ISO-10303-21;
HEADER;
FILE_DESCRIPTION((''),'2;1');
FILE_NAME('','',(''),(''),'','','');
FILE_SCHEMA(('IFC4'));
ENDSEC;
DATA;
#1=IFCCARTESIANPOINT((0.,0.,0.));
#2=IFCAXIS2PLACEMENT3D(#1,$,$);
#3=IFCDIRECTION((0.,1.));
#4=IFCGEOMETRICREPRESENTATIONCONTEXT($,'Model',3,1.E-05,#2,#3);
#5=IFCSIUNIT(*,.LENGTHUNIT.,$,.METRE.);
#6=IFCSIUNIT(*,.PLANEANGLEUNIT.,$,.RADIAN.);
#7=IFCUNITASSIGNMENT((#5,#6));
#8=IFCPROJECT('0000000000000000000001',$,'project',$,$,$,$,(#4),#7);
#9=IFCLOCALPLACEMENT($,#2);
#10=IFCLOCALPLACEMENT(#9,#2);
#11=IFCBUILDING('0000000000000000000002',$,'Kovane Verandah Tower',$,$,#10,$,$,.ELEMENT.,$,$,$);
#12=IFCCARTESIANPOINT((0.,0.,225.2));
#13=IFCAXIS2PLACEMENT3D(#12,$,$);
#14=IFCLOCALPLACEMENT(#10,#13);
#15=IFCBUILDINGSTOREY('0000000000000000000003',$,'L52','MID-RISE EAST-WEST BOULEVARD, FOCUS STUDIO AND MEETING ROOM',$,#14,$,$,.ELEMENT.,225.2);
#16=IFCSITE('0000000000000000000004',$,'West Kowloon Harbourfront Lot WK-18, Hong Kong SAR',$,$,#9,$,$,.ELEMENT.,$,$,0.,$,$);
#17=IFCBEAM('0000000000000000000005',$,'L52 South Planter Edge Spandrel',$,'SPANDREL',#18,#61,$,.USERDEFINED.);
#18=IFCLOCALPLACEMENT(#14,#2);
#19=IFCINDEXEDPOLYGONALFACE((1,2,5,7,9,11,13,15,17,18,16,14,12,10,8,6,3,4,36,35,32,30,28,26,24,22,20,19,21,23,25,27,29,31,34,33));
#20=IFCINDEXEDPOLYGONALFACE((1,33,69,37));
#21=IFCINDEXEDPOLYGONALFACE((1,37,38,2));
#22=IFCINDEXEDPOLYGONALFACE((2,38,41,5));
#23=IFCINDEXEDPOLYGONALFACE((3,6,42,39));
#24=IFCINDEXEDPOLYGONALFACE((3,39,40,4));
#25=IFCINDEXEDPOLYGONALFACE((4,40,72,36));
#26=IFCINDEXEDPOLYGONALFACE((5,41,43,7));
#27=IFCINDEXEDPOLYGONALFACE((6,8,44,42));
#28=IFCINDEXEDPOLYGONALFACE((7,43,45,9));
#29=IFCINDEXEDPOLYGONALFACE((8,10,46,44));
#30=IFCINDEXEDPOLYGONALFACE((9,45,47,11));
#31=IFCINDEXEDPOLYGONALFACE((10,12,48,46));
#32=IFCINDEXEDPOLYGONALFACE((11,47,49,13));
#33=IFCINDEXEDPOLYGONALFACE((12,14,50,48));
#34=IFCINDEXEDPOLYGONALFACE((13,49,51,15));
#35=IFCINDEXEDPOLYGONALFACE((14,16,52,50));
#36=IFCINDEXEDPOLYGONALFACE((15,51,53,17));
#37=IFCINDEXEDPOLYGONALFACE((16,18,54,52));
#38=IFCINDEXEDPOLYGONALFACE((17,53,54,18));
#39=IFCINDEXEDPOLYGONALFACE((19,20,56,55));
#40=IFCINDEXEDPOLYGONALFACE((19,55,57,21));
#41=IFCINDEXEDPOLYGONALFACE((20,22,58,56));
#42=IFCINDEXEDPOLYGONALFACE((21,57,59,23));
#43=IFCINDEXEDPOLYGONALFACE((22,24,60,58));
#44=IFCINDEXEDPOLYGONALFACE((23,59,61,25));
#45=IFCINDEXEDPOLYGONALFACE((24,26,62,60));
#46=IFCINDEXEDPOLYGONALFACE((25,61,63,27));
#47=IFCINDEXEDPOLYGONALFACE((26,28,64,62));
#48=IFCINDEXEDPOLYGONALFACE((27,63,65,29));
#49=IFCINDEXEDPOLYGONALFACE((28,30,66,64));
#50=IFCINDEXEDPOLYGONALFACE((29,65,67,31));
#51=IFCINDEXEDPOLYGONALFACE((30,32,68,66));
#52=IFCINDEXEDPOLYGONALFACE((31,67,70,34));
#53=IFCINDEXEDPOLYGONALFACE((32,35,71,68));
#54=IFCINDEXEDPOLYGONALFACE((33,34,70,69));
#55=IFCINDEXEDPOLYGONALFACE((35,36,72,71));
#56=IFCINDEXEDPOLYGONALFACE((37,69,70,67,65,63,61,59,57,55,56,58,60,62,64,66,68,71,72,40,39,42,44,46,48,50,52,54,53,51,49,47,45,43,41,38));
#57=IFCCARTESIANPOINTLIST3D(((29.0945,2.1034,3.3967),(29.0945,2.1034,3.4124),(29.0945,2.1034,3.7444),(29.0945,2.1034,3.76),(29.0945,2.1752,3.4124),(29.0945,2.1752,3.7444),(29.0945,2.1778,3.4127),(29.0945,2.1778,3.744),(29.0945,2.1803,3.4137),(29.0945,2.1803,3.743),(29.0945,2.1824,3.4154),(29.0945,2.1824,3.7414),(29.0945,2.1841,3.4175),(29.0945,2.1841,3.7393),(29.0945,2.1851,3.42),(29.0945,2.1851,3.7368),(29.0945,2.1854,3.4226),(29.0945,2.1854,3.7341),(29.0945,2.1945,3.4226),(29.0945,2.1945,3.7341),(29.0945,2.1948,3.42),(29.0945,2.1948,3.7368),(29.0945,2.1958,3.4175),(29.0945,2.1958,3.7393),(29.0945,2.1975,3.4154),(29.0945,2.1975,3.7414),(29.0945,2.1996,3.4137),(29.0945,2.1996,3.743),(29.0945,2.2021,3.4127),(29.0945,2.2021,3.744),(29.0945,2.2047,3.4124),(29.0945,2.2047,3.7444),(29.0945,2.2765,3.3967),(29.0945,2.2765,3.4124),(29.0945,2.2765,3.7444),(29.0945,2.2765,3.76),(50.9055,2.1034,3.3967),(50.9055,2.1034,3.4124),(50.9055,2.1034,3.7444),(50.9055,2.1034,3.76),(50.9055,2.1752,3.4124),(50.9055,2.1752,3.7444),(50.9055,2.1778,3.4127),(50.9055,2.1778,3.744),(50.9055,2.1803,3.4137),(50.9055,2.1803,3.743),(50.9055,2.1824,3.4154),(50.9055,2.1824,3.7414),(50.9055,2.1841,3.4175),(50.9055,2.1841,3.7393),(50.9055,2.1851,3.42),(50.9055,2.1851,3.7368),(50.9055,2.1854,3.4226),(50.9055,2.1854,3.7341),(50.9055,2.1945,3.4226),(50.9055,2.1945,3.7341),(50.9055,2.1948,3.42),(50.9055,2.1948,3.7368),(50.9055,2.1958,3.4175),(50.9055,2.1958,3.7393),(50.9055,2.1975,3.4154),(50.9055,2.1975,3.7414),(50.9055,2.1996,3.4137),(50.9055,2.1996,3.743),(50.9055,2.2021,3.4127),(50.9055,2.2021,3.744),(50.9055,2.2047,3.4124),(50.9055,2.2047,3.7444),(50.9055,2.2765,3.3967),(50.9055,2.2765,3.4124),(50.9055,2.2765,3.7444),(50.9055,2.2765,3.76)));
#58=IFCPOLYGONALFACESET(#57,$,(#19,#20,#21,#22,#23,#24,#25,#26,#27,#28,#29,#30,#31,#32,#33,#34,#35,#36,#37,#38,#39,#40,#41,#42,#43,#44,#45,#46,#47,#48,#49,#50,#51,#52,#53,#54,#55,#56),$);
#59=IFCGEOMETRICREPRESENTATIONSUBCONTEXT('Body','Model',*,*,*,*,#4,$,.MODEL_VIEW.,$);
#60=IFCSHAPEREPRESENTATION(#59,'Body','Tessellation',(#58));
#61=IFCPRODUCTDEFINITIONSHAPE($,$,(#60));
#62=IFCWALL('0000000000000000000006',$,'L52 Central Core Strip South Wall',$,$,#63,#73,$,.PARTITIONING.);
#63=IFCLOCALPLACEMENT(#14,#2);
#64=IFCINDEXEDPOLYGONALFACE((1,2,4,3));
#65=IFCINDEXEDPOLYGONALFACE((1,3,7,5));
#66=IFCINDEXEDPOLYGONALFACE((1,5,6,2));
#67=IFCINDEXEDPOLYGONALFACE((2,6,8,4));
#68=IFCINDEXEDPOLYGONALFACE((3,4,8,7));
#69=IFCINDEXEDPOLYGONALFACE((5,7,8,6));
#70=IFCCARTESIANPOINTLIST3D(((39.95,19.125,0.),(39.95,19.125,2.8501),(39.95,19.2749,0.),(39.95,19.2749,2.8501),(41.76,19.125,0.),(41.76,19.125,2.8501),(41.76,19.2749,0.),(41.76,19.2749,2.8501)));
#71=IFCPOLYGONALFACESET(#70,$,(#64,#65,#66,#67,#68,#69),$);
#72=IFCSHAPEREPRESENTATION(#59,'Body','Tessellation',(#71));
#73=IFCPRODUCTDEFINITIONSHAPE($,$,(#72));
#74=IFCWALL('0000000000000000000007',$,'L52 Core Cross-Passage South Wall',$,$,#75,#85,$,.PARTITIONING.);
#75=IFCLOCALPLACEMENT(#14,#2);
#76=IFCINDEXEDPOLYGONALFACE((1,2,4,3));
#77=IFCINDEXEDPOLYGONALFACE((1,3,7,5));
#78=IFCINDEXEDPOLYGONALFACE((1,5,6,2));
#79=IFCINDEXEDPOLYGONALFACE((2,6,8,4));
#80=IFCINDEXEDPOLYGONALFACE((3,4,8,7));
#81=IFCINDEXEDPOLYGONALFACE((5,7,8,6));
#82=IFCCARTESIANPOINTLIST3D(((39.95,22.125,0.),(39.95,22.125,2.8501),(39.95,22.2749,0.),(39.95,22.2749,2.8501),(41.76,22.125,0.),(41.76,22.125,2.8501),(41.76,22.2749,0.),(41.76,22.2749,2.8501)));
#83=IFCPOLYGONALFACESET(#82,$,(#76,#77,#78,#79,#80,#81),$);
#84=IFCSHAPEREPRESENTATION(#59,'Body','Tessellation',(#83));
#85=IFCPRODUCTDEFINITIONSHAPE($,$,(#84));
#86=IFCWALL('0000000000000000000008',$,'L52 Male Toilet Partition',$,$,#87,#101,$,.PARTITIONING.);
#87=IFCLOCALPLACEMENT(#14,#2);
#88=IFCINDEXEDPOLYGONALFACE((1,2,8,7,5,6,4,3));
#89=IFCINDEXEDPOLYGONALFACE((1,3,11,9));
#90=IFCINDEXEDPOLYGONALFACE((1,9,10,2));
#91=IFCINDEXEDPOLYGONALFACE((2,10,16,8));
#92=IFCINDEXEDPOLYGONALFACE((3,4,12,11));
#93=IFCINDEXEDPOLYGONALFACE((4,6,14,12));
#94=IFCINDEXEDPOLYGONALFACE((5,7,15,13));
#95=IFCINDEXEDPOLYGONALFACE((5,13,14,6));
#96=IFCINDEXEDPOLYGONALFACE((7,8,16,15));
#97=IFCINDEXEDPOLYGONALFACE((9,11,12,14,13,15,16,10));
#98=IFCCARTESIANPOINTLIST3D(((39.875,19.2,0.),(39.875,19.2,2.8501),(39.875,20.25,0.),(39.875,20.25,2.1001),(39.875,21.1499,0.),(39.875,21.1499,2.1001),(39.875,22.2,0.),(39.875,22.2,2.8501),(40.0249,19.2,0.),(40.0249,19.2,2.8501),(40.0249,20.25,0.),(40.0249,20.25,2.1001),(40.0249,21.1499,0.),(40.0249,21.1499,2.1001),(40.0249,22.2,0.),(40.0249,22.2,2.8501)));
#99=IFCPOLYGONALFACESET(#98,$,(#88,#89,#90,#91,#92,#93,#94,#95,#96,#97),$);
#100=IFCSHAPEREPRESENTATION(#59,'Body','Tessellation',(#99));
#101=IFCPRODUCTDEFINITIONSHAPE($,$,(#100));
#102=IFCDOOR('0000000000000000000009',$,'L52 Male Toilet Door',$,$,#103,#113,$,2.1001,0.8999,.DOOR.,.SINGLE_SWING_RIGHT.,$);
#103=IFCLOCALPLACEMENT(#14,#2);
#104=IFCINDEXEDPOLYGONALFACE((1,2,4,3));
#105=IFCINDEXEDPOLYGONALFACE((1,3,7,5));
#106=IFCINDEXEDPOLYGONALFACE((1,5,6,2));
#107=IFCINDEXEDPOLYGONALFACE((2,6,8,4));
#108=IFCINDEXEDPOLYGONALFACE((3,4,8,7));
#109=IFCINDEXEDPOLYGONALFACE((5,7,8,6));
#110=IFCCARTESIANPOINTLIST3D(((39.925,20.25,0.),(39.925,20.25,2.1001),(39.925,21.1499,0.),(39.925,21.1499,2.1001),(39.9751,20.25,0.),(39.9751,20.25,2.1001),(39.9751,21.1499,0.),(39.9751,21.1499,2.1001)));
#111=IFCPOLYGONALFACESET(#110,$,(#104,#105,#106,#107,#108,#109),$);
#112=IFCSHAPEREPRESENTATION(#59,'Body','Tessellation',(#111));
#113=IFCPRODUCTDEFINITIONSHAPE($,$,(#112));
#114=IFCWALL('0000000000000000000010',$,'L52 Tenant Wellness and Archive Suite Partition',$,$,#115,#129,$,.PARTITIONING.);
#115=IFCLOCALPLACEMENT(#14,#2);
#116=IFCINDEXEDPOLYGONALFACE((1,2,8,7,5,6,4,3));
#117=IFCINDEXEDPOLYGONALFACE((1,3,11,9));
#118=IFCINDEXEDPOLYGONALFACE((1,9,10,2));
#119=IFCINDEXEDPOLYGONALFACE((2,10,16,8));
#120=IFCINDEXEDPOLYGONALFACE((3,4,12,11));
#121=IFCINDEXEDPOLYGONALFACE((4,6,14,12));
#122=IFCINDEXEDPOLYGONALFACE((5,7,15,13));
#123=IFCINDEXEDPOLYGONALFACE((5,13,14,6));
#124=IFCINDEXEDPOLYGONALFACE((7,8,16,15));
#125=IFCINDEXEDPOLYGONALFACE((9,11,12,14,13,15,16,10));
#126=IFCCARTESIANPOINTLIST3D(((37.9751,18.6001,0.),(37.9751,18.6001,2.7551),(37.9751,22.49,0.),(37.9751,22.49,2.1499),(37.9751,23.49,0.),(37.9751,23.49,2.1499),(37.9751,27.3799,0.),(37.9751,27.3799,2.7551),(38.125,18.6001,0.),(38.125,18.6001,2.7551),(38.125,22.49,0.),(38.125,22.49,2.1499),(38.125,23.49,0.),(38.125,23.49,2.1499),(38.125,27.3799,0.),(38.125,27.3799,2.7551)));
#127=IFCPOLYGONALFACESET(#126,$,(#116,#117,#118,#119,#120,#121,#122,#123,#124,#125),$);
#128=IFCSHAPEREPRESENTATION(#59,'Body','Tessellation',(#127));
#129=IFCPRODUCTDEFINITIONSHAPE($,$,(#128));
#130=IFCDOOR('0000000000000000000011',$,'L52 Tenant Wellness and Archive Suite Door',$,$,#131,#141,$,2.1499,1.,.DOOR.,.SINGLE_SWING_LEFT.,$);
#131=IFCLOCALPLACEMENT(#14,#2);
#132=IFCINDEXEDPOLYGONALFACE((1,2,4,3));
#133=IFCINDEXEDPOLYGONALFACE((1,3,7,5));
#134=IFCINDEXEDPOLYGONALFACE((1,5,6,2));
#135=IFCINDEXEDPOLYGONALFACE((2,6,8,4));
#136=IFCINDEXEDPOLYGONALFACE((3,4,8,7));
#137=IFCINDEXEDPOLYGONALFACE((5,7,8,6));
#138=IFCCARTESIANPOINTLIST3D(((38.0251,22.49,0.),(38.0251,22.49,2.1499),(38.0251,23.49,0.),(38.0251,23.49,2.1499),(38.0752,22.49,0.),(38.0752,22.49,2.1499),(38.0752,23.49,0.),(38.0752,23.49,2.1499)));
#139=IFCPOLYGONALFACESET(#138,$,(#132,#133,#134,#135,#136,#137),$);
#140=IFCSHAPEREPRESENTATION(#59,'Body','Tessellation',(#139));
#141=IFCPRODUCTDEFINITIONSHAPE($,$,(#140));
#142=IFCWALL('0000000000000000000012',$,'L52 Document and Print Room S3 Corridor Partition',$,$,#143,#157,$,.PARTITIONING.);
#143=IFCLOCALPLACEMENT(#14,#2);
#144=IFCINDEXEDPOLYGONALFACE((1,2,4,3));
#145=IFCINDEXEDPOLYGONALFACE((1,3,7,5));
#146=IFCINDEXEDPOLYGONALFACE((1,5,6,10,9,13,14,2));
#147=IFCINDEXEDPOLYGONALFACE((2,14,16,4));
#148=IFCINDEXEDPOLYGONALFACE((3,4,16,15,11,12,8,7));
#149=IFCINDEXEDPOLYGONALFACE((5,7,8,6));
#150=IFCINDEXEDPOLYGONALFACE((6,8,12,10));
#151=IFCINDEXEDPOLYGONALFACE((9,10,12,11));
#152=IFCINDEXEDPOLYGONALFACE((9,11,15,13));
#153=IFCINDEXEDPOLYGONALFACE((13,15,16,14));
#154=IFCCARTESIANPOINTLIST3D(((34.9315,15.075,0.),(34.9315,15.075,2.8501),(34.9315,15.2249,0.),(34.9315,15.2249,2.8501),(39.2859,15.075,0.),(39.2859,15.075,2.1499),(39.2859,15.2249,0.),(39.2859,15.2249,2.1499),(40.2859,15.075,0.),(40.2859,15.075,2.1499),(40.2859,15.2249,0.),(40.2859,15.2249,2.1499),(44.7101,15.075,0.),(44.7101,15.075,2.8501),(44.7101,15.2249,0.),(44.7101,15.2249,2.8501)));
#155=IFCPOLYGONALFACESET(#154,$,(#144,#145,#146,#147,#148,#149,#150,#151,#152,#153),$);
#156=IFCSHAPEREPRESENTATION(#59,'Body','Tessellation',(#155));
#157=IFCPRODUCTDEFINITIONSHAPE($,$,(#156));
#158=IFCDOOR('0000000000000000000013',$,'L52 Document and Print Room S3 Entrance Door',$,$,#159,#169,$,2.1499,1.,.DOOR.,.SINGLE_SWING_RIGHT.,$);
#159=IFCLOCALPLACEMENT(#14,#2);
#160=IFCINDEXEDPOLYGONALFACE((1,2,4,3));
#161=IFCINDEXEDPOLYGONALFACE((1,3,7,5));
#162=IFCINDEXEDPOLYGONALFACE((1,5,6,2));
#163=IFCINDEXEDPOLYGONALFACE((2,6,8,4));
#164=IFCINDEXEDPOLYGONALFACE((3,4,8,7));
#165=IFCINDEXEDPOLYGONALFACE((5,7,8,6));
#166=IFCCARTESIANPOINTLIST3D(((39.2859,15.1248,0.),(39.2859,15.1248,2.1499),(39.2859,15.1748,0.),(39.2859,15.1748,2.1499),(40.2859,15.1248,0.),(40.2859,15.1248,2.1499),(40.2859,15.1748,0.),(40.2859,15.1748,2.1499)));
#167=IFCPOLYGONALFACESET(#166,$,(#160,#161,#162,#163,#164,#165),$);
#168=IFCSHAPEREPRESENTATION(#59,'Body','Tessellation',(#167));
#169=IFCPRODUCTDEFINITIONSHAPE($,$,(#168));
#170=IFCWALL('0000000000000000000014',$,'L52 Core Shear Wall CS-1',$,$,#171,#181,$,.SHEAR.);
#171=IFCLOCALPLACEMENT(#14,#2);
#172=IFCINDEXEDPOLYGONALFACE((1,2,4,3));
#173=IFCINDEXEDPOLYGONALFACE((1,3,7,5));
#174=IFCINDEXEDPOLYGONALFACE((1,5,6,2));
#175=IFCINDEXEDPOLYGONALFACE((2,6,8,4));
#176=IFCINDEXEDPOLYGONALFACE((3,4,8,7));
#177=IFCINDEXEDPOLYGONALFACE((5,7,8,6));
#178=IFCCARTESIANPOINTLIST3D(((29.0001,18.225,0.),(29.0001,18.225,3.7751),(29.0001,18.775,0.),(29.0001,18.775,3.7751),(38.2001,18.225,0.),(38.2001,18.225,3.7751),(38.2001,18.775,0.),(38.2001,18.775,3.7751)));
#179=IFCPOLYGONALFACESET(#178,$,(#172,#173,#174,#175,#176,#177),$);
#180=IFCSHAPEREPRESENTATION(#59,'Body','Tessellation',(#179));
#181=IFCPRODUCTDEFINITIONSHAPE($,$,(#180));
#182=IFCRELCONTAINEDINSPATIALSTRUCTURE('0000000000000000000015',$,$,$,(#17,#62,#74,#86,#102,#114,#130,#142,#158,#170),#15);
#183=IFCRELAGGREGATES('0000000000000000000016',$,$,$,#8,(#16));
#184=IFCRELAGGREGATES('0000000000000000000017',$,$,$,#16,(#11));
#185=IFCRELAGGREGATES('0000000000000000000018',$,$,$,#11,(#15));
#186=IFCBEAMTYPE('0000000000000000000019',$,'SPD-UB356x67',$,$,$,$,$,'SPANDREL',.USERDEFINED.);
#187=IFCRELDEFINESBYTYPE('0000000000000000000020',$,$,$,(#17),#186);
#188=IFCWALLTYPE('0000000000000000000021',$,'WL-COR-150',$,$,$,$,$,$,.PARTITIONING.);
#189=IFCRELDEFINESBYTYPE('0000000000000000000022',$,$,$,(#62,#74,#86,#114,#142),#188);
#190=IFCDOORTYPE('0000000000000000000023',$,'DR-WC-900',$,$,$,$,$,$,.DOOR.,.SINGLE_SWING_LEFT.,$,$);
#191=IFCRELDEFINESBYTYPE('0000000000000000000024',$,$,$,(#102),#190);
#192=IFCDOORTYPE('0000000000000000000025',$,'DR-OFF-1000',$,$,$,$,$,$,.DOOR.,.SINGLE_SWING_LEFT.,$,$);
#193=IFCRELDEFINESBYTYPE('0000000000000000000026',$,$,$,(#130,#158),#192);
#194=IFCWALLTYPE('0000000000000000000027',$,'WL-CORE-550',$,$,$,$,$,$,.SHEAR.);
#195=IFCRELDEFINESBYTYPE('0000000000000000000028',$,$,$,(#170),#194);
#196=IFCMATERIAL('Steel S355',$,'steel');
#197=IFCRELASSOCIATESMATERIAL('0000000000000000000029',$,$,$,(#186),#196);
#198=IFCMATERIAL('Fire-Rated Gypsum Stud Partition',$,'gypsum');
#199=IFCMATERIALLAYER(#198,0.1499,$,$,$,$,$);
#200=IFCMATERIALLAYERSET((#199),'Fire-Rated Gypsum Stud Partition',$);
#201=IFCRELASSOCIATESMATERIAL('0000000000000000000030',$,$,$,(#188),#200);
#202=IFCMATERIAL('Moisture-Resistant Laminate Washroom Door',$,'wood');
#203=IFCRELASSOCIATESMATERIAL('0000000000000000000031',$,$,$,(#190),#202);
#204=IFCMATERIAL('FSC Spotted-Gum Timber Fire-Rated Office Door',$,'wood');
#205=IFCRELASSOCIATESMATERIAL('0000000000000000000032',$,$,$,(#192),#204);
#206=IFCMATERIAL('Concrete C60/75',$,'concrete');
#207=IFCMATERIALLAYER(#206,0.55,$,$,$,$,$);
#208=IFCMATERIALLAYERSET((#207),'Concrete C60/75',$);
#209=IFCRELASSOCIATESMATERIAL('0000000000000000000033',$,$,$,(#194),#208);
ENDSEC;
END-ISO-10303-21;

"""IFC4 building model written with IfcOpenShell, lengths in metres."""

from ifc_helpers import new_model, si_unit, direction, frame, frame_2d, origin, origin_2d, place, context, subcontext, project, spatial, rectangle, i_section, extrude, material, layer, layer_set, material_profile, profile_set, type_object, element, fill, save


model = new_model("IFC4")

# Units and contexts
model_context = context("Model", 3, precision=1e-05, world=origin(), true_north=direction((0.0, 1.0)))
body_context = subcontext(model_context, "Body", "Model", "MODEL_VIEW")
ifc_project = project(units=[si_unit("LENGTHUNIT", "METRE"), si_unit("PLANEANGLEUNIT", "RADIAN")], contexts=[model_context])

# Site, building, storey
site_placement = place(None, origin())
site = spatial("IfcSite", under=ifc_project, at=site_placement, Name="West Kowloon Harbourfront Lot WK-18, Hong Kong SAR", CompositionType="ELEMENT", RefElevation=0.0)
building_placement = place(site_placement, origin())
building = spatial("IfcBuilding", under=site, at=building_placement, Name="Kovane Verandah Tower", CompositionType="ELEMENT")
storey_placement = place(building_placement, frame((0.0, 0.0, 225.2)))
storey = spatial("IfcBuildingStorey", under=building, at=storey_placement, Name="L52", Description="MID-RISE EAST-WEST BOULEVARD, FOCUS STUDIO AND MEETING ROOM", CompositionType="ELEMENT", Elevation=225.2)

# Shared definitions
ifc_material_1 = material(Name="Concrete C60/75", Category="concrete")

# Beam
ifc_material_2 = material(Name="Steel S355", Category="steel")
ifc_material_profile_1 = material_profile(ifc_material_2, i_section(OverallWidth=0.1731, OverallDepth=0.3633, WebThickness=0.009, FlangeThickness=0.0156, FilletRadius=0.0103, at=origin_2d()), Name="UB356x171x67")
ifc_profile_set_1 = profile_set([ifc_material_profile_1], Name="Steel S355")
beam_type_1 = type_object("IfcBeamType", Name="SPD-UB356x67", ElementType="SPANDREL", PredefinedType="USERDEFINED", material=ifc_profile_set_1)
beam_1_placement = place(storey_placement, frame((29.0945, 2.1899, 3.5784), z_axis=(1.0, 0.0, 0.0), x_axis=(0.0, 1.0, 0.0)))
element("IfcBeam", 1, at=beam_1_placement, inside=storey, type_object=beam_type_1, Name="L52 South Planter Edge Spandrel", ObjectType="SPANDREL", PredefinedType="USERDEFINED", context=body_context, shape_type="SweptSolid", body=[
    extrude(i_section(OverallWidth=0.1731, OverallDepth=0.3633, WebThickness=0.009, FlangeThickness=0.0156, FilletRadius=0.0103, at=origin_2d()), origin(), (0.0, 0.0, 1.0), 21.811),
])

# Walls
ifc_material_3 = material(Name="Fire-Rated Gypsum Stud Partition", Category="gypsum")
ifc_layer_1 = layer(ifc_material_3, 0.1499)
ifc_layer_set_1 = layer_set([ifc_layer_1], Name="Fire-Rated Gypsum Stud Partition")
wall_type_1 = type_object("IfcWallType", Name="WL-COR-150", PredefinedType="PARTITIONING", material=ifc_layer_set_1)
for number, where, z_axis, x_axis, name in (
    (2, (39.95, 19.2, 0.0), (0.0, 0.0, 1.0), (1.0, 0.0, 0.0), "L52 Central Core Strip South Wall"),
    (3, (39.95, 22.2, 0.0), (0.0, 0.0, 1.0), (1.0, 0.0, 0.0), "L52 Core Cross-Passage South Wall"),
):
    element("IfcWall", number, at=place(storey_placement, frame(where, z_axis=z_axis, x_axis=x_axis)), inside=storey, type_object=wall_type_1, Name=name, PredefinedType="PARTITIONING", context=body_context, shape_type="SweptSolid", body=[
        extrude(rectangle(XDim=1.8101, YDim=0.1499, at=frame_2d((0.905, 0.0))), origin(), (0.0, 0.0, 1.0), 2.8501),
    ])

# Walls, openings, doors
wall_1_placement = place(storey_placement, frame((39.95, 19.2, 0.0), z_axis=(0.0, 0.0, 1.0), x_axis=(0.0, 1.0, 0.0)))
wall_1 = element("IfcWall", 4, at=wall_1_placement, inside=storey, type_object=wall_type_1, Name="L52 Male Toilet Partition", PredefinedType="PARTITIONING", context=body_context, shape_type="SweptSolid", body=[
    extrude(rectangle(XDim=3.0, YDim=0.1499, at=frame_2d((1.5, 0.0))), origin(), (0.0, 0.0, 1.0), 2.8501),
])
opening_1_placement = place(wall_1_placement, frame((1.05, 0.0, 0.0)))
opening_1 = element("IfcOpeningElement", 5, at=opening_1_placement, cuts=wall_1, PredefinedType="OPENING", context=body_context, shape_type="SweptSolid", body=[
    extrude(rectangle(XDim=0.8999, YDim=2.1001, at=frame_2d((0.45, 1.05))), frame((0.0, 0.075, 0.0), z_axis=(0.0, -1.0, 0.0), x_axis=(1.0, 0.0, 0.0)), (0.0, 0.0, 1.0), 0.1499),
])
ifc_material_4 = material(Name="Moisture-Resistant Laminate Washroom Door", Category="wood")
door_type_1 = type_object("IfcDoorType", Name="DR-WC-900", OperationType="SINGLE_SWING_LEFT", PredefinedType="DOOR", material=ifc_material_4)
door_1_placement = place(opening_1_placement, origin())
door_1 = element("IfcDoor", 6, at=door_1_placement, inside=storey, type_object=door_type_1, Name="L52 Male Toilet Door", OperationType="SINGLE_SWING_RIGHT", OverallHeight=2.1001, OverallWidth=0.8999, PredefinedType="DOOR", context=body_context, shape_type="SweptSolid", body=[
    extrude(rectangle(XDim=0.8999, YDim=2.1001, at=frame_2d((0.45, 1.05))), frame((0.0, 0.0249, 0.0), z_axis=(0.0, -1.0, 0.0), x_axis=(1.0, 0.0, 0.0)), (0.0, 0.0, 1.0), 0.05),
])
fill(opening_1, door_1)
wall_2_placement = place(storey_placement, frame((38.05, 18.6001, 0.0), z_axis=(0.0, 0.0, 1.0), x_axis=(0.0, 1.0, 0.0)))
wall_2 = element("IfcWall", 7, at=wall_2_placement, inside=storey, type_object=wall_type_1, Name="L52 Tenant Wellness and Archive Suite Partition", PredefinedType="PARTITIONING", context=body_context, shape_type="SweptSolid", body=[
    extrude(rectangle(XDim=8.7798, YDim=0.1499, at=frame_2d((4.3899, 0.0))), origin(), (0.0, 0.0, 1.0), 2.7551),
])
opening_2_placement = place(wall_2_placement, frame((3.8899, 0.0, 0.0)))
opening_2 = element("IfcOpeningElement", 8, at=opening_2_placement, cuts=wall_2, PredefinedType="OPENING", context=body_context, shape_type="SweptSolid", body=[
    extrude(rectangle(XDim=1.0, YDim=2.1499, at=frame_2d((0.5, 1.075))), frame((0.0, 0.075, 0.0), z_axis=(0.0, -1.0, 0.0), x_axis=(1.0, 0.0, 0.0)), (0.0, 0.0, 1.0), 0.1499),
])
ifc_material_5 = material(Name="FSC Spotted-Gum Timber Fire-Rated Office Door", Category="wood")
door_type_2 = type_object("IfcDoorType", Name="DR-OFF-1000", OperationType="SINGLE_SWING_LEFT", PredefinedType="DOOR", material=ifc_material_5)
door_2_placement = place(opening_2_placement, origin())
door_2 = element("IfcDoor", 9, at=door_2_placement, inside=storey, type_object=door_type_2, Name="L52 Tenant Wellness and Archive Suite Door", OperationType="SINGLE_SWING_LEFT", OverallHeight=2.1499, OverallWidth=1.0, PredefinedType="DOOR", context=body_context, shape_type="SweptSolid", body=[
    extrude(rectangle(XDim=1.0, YDim=2.1499, at=frame_2d((0.5, 1.075))), frame((0.0, 0.0249, 0.0), z_axis=(0.0, -1.0, 0.0), x_axis=(1.0, 0.0, 0.0)), (0.0, 0.0, 1.0), 0.05),
])
fill(opening_2, door_2)
wall_3_placement = place(storey_placement, frame((34.9316, 15.1499, 0.0), z_axis=(0.0, 0.0, 1.0), x_axis=(1.0, 0.0, 0.0)))
wall_3 = element("IfcWall", 10, at=wall_3_placement, inside=storey, type_object=wall_type_1, Name="L52 Document and Print Room S3 Corridor Partition", PredefinedType="PARTITIONING", context=body_context, shape_type="SweptSolid", body=[
    extrude(rectangle(XDim=9.7786, YDim=0.1499, at=frame_2d((4.8892, 0.0))), origin(), (0.0, 0.0, 1.0), 2.8501),
])
opening_3_placement = place(wall_3_placement, frame((4.3542, 0.0, 0.0)))
opening_3 = element("IfcOpeningElement", 11, at=opening_3_placement, cuts=wall_3, PredefinedType="OPENING", context=body_context, shape_type="SweptSolid", body=[
    extrude(rectangle(XDim=1.0, YDim=2.1499, at=frame_2d((0.5, 1.075))), frame((0.0, 0.075, 0.0), z_axis=(0.0, -1.0, 0.0), x_axis=(1.0, 0.0, 0.0)), (0.0, 0.0, 1.0), 0.1499),
])
door_3_placement = place(opening_3_placement, origin())
door_3 = element("IfcDoor", 12, at=door_3_placement, inside=storey, type_object=door_type_2, Name="L52 Document and Print Room S3 Entrance Door", OperationType="SINGLE_SWING_RIGHT", OverallHeight=2.1499, OverallWidth=1.0, PredefinedType="DOOR", context=body_context, shape_type="SweptSolid", body=[
    extrude(rectangle(XDim=1.0, YDim=2.1499, at=frame_2d((0.5, 1.075))), frame((0.0, 0.0249, 0.0), z_axis=(0.0, -1.0, 0.0), x_axis=(1.0, 0.0, 0.0)), (0.0, 0.0, 1.0), 0.05),
])
fill(opening_3, door_3)

# Wall
ifc_layer_2 = layer(ifc_material_1, 0.55)
ifc_layer_set_2 = layer_set([ifc_layer_2], Name="Concrete C60/75")
wall_type_2 = type_object("IfcWallType", Name="WL-CORE-550", PredefinedType="SHEAR", material=ifc_layer_set_2)
wall_4_placement = place(storey_placement, frame((29.0, 18.5, 0.0), z_axis=(0.0, 0.0, 1.0), x_axis=(1.0, 0.0, 0.0)))
element("IfcWall", 13, at=wall_4_placement, inside=storey, type_object=wall_type_2, Name="L52 Core Shear Wall CS-1", PredefinedType="SHEAR", context=body_context, shape_type="SweptSolid", body=[
    extrude(rectangle(XDim=9.2, YDim=0.55, at=frame_2d((4.6001, 0.0))), origin(), (0.0, 0.0, 1.0), 3.7751),
])

save(model, "model.ifc")
